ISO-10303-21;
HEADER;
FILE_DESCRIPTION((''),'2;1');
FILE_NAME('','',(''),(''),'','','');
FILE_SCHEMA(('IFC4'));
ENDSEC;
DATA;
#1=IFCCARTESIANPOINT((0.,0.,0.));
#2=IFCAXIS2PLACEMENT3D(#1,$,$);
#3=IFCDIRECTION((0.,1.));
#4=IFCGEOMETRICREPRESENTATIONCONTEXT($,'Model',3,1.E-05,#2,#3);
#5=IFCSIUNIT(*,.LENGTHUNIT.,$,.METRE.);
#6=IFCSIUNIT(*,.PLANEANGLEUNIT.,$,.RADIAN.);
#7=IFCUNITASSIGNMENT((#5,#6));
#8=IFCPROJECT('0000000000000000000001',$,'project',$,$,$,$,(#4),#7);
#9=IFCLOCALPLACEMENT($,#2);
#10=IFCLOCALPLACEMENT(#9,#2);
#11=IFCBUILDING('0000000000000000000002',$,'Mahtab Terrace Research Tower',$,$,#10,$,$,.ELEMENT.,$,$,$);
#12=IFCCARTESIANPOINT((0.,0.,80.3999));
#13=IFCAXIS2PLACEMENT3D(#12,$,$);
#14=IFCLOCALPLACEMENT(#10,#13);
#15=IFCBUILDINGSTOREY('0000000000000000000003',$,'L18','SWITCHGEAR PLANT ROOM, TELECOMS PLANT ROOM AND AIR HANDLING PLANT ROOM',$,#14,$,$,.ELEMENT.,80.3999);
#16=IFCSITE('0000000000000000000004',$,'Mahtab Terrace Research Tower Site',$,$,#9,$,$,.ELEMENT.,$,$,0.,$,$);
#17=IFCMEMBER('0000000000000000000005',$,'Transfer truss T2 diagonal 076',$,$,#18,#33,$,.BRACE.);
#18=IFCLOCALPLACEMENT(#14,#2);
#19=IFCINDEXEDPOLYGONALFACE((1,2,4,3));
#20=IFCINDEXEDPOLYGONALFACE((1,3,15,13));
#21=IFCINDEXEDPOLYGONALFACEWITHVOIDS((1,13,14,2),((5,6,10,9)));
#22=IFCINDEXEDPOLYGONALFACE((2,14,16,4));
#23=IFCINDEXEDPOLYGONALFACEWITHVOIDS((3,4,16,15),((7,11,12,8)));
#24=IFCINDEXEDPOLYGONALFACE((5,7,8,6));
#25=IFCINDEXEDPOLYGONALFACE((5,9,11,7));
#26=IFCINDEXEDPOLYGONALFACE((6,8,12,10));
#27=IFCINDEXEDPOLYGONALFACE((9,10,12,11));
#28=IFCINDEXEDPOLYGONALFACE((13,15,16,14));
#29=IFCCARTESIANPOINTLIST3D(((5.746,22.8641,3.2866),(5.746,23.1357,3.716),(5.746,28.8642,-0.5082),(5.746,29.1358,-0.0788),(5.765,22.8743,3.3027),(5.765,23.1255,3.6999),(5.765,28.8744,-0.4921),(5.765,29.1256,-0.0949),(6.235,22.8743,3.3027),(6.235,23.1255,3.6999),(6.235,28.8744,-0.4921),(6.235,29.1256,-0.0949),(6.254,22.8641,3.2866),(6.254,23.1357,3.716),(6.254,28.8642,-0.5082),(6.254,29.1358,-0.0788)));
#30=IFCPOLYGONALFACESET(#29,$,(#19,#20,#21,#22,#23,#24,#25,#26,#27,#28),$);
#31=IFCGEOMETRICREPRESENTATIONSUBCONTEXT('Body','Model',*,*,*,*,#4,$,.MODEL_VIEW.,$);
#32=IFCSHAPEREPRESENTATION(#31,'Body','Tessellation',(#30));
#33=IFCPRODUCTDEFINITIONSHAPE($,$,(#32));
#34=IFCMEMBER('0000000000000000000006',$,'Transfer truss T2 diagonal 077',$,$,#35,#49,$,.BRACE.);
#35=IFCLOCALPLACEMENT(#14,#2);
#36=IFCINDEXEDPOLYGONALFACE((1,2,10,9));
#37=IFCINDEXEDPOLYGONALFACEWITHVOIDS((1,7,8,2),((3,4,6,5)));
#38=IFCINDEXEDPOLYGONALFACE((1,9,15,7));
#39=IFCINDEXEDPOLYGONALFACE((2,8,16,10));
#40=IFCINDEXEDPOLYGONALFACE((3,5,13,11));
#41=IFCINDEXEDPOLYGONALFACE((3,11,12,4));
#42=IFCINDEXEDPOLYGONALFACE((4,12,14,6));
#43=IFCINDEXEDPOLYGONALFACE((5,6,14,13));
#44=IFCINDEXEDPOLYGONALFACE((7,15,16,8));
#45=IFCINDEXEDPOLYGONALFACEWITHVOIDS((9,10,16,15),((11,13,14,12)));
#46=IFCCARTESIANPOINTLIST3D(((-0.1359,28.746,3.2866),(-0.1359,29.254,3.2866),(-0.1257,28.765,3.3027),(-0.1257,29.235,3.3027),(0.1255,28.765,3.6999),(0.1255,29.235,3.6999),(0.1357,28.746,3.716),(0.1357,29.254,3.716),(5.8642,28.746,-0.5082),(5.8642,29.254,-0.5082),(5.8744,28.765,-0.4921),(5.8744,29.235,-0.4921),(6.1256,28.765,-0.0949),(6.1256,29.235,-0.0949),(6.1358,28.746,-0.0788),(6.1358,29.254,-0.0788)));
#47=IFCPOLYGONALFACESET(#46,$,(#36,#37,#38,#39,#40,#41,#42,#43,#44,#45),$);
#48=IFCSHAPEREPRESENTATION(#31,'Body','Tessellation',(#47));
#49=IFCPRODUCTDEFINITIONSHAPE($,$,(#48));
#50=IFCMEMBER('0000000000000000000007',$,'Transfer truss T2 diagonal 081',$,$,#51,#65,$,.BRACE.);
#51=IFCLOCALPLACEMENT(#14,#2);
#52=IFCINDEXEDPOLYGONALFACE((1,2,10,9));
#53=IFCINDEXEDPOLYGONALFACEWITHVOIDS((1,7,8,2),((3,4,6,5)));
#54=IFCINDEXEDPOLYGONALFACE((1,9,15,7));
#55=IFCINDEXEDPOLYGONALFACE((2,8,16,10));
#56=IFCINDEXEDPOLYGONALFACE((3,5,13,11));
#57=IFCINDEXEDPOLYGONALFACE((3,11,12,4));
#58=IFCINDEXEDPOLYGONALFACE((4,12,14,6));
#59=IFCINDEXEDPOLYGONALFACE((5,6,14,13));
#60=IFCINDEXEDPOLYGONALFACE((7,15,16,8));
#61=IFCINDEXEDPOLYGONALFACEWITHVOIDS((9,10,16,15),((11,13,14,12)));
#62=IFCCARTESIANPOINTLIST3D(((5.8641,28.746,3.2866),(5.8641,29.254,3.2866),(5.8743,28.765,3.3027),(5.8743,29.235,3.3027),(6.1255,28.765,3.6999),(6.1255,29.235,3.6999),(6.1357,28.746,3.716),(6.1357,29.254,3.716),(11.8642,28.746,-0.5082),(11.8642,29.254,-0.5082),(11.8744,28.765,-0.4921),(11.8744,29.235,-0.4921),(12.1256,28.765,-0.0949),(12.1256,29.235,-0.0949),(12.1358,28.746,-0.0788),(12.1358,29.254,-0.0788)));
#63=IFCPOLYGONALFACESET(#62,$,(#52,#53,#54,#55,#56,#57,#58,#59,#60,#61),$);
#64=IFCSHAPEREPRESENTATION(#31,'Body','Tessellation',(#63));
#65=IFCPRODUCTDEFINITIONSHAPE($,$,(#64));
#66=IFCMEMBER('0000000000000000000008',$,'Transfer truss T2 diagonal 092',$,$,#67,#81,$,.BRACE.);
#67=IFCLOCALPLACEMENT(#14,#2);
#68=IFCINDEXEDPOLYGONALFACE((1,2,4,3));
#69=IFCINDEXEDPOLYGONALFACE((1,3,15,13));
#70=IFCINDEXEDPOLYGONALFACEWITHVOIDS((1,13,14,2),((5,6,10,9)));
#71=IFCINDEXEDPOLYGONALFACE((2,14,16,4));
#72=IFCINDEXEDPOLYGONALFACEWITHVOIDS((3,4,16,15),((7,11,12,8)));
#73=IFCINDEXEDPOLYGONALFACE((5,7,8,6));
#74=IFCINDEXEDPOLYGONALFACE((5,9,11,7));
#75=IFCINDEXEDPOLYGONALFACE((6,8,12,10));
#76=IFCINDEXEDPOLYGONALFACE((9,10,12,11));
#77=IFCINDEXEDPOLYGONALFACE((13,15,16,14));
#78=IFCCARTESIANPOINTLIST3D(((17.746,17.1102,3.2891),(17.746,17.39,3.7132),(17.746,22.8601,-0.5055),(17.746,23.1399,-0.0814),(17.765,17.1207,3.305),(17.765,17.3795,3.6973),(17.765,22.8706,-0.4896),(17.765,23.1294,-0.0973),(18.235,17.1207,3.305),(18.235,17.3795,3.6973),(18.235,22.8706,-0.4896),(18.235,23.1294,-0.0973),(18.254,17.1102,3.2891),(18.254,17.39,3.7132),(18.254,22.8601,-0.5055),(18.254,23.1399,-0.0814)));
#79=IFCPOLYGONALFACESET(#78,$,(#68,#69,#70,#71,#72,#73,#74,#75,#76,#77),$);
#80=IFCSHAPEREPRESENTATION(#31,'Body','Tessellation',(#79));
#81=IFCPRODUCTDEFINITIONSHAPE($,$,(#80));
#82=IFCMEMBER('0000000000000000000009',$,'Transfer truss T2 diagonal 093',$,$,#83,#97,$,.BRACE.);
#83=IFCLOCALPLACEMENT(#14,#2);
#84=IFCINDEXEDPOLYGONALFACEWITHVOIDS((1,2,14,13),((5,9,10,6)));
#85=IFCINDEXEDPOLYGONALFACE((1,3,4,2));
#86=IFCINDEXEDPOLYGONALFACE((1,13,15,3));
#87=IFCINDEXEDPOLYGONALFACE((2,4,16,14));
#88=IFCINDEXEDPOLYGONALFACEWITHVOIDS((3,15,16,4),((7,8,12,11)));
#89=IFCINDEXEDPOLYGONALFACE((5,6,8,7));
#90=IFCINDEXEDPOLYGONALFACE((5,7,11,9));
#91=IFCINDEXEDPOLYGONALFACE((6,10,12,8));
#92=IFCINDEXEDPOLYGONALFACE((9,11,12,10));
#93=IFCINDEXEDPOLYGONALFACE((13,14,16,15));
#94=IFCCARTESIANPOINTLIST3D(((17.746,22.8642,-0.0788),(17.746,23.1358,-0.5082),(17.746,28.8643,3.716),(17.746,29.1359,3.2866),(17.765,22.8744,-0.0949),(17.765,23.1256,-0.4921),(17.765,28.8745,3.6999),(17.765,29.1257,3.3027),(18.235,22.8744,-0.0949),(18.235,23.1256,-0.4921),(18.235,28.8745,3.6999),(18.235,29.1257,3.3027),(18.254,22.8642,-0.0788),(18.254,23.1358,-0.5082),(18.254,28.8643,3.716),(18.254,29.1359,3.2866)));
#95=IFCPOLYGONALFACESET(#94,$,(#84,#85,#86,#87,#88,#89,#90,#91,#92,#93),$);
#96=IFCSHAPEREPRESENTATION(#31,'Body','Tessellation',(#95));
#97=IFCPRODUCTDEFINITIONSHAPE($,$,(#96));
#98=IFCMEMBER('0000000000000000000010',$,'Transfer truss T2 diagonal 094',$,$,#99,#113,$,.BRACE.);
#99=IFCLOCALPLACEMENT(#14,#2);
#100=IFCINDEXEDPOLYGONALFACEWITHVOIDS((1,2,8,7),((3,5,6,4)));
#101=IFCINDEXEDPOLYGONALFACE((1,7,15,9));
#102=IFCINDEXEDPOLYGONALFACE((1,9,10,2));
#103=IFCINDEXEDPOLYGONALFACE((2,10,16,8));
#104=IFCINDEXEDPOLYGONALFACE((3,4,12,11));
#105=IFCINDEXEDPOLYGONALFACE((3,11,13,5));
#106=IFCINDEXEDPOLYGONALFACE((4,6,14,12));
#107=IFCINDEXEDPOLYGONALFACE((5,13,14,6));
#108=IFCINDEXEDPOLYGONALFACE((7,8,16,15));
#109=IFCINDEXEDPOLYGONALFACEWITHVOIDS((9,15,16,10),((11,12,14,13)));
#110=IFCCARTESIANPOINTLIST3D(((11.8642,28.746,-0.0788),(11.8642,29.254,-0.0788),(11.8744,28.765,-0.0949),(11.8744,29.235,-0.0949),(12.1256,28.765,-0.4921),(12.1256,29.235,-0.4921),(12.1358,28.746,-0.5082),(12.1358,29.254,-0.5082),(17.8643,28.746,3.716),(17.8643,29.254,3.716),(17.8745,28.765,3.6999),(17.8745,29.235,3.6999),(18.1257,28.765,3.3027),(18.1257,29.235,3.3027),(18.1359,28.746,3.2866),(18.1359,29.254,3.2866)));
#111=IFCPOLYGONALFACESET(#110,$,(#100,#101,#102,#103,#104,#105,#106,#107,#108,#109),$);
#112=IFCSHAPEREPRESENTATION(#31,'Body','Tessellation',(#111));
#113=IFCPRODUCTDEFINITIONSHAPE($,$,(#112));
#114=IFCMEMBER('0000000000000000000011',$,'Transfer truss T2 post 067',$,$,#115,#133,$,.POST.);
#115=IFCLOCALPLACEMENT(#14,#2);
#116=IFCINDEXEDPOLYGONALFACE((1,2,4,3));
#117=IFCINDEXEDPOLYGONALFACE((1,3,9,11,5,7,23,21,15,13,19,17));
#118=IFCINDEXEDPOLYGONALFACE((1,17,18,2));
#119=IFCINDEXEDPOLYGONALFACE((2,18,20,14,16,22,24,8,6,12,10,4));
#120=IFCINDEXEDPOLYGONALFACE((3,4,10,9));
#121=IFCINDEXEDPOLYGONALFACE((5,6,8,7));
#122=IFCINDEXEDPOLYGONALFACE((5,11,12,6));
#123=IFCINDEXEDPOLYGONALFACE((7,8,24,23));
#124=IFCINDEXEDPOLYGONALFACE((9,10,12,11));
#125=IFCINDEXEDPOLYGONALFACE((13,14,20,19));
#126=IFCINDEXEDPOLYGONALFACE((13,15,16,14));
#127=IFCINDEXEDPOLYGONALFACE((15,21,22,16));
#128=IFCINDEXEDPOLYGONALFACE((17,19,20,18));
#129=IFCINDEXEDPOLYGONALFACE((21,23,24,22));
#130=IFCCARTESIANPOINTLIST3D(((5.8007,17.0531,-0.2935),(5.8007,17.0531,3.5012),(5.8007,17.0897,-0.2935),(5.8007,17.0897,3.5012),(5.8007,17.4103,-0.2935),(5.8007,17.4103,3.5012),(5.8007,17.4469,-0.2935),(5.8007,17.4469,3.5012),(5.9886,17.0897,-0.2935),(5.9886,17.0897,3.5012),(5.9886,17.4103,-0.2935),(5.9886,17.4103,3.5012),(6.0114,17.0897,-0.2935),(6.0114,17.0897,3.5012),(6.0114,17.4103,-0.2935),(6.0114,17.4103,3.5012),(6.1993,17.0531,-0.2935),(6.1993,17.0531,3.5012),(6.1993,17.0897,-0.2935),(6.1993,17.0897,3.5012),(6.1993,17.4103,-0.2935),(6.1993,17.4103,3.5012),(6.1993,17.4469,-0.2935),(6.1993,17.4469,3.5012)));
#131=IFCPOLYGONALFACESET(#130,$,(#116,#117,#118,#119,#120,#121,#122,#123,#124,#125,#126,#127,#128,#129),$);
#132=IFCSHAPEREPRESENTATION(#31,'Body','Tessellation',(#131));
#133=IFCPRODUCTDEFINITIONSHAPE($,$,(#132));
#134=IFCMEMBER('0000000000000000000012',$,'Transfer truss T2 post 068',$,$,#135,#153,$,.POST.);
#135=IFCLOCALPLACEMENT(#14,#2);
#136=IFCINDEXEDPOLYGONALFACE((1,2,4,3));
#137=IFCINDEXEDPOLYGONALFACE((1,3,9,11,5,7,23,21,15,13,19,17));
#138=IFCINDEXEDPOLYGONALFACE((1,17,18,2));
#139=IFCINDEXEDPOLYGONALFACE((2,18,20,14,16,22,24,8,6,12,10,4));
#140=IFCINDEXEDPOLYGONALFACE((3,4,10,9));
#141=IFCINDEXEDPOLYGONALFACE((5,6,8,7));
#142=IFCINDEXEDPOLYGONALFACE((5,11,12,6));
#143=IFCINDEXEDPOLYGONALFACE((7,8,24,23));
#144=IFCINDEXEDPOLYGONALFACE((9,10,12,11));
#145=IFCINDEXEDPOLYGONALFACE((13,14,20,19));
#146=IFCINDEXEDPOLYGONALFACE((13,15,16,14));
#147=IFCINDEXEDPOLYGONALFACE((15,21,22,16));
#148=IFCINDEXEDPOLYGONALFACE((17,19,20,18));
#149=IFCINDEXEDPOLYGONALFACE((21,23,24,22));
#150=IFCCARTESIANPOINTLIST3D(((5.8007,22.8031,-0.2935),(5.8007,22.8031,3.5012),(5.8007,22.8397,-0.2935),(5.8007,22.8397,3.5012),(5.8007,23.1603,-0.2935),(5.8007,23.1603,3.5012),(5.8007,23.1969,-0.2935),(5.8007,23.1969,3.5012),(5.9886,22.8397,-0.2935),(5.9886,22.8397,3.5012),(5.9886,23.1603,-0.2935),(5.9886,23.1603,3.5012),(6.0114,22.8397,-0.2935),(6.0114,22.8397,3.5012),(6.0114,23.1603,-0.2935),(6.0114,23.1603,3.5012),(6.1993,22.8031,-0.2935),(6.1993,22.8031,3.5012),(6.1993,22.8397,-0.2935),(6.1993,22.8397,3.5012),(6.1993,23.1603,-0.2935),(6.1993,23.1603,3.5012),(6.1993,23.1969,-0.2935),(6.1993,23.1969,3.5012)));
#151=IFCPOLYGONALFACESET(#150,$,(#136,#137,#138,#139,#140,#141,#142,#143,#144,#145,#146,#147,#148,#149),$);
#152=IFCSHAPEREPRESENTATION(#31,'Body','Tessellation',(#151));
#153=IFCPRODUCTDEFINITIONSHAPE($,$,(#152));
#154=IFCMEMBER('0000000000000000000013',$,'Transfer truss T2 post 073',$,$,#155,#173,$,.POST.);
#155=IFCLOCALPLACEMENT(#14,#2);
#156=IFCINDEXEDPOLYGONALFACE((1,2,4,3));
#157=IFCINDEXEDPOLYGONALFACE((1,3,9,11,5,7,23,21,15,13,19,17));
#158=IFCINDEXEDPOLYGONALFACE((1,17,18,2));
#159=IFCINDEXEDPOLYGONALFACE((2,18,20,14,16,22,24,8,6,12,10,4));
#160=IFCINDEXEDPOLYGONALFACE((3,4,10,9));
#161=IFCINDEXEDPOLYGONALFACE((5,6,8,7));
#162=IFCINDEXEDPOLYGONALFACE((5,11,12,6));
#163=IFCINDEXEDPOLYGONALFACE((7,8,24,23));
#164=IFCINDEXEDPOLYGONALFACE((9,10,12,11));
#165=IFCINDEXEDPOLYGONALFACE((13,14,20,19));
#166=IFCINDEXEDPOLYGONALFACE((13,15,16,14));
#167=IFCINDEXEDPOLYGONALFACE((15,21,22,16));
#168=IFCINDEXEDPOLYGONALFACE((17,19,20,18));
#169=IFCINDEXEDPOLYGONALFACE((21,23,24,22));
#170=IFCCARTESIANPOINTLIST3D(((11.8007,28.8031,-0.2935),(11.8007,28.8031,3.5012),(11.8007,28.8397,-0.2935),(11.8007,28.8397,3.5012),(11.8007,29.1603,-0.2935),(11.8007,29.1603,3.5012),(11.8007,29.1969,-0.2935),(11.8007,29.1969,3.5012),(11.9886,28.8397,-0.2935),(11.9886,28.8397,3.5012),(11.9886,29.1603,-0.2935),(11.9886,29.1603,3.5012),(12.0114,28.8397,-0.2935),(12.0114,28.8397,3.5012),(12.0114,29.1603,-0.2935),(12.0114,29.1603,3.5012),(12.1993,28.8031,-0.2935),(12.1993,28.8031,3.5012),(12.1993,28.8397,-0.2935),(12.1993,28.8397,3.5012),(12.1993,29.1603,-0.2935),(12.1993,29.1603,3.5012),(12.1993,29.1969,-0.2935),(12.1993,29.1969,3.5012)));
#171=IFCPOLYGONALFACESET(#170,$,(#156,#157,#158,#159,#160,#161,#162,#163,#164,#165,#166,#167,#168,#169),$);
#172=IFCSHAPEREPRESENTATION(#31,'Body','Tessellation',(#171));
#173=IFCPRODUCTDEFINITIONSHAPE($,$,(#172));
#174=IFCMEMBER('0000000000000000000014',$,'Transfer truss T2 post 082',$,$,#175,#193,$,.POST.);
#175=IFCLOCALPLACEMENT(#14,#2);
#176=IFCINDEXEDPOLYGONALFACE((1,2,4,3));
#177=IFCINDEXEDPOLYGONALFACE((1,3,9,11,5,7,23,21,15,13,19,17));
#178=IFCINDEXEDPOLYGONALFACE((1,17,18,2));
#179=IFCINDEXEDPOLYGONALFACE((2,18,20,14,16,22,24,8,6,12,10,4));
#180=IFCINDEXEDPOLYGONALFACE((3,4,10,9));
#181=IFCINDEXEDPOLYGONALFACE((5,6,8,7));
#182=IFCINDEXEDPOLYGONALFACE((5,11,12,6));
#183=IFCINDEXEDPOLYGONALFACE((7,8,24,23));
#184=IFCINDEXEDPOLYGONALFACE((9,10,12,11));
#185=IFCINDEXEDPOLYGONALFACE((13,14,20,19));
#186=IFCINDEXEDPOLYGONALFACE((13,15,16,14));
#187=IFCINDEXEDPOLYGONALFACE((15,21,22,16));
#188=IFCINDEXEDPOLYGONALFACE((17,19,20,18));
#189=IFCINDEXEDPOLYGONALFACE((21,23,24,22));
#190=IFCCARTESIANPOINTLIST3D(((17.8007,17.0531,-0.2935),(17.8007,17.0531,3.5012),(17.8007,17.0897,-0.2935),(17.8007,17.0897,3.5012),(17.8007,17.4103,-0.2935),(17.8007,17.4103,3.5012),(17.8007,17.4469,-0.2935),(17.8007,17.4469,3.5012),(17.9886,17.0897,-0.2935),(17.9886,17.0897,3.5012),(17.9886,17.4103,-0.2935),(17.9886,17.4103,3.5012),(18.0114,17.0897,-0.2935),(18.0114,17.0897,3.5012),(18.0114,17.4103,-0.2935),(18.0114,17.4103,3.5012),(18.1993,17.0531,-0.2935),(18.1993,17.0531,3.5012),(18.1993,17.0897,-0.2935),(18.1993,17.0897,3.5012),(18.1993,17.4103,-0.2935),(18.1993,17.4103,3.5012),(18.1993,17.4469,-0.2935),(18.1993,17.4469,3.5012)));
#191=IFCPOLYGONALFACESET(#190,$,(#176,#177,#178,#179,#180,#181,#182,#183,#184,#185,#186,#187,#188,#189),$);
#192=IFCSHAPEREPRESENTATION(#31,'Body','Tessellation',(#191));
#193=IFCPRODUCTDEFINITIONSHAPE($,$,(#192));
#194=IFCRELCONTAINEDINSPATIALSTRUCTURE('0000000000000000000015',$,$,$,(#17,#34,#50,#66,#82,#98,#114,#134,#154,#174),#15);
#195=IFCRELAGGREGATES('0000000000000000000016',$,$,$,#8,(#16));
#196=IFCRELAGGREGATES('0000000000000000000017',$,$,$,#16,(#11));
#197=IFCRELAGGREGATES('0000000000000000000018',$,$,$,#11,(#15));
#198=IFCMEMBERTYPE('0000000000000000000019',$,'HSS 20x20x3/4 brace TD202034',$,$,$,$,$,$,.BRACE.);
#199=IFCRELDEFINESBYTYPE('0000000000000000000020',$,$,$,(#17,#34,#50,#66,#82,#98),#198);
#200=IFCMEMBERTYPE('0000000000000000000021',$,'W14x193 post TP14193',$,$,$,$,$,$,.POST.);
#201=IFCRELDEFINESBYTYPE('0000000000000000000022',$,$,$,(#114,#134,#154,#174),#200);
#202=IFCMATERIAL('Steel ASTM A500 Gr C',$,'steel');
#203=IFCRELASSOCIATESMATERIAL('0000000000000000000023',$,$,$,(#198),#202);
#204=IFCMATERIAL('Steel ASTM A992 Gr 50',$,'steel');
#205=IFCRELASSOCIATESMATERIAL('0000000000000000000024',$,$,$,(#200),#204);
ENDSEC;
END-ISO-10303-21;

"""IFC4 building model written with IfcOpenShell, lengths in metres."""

from ifc_helpers import new_model, si_unit, direction, frame, origin, origin_2d, place, context, subcontext, project, spatial, hollow_rectangle, i_section, extrude, material, material_profile, profile_set, type_object, element, save


model = new_model("IFC4")

# Units and contexts
model_context = context("Model", 3, precision=1e-05, world=origin(), true_north=direction((0.0, 1.0)))
body_context = subcontext(model_context, "Body", "Model", "MODEL_VIEW")
ifc_project = project(units=[si_unit("LENGTHUNIT", "METRE"), si_unit("PLANEANGLEUNIT", "RADIAN")], contexts=[model_context])

# Site, building, storey
site_placement = place(None, origin())
site = spatial("IfcSite", under=ifc_project, at=site_placement, Name="Mahtab Terrace Research Tower Site", CompositionType="ELEMENT", RefElevation=0.0)
building_placement = place(site_placement, origin())
building = spatial("IfcBuilding", under=site, at=building_placement, Name="Mahtab Terrace Research Tower", CompositionType="ELEMENT")
storey_placement = place(building_placement, frame((0.0, 0.0, 80.3999)))
storey = spatial("IfcBuildingStorey", under=building, at=storey_placement, Name="L18", Description="SWITCHGEAR PLANT ROOM, TELECOMS PLANT ROOM AND AIR HANDLING PLANT ROOM", CompositionType="ELEMENT", Elevation=80.3999)

# Members
ifc_material_1 = material(Name="Steel ASTM A500 Gr C", Category="steel")
ifc_material_profile_1 = material_profile(ifc_material_1, hollow_rectangle(XDim=0.5081, YDim=0.5081, WallThickness=0.019, at=origin_2d()), Name="HSS20X20X3/4")
ifc_profile_set_1 = profile_set([ifc_material_profile_1], Name="Steel ASTM A500 Gr C")
member_type_1 = type_object("IfcMemberType", Name="HSS 20x20x3/4 brace TD202034", PredefinedType="BRACE", material=ifc_profile_set_1)
for number, where, z_axis, x_axis, name in (
    (1, (6.0, 29.0, -0.2935), (0.0, -0.845158, 0.534517), (1.0, 0.0, 0.0), "Transfer truss T2 diagonal 076"),
    (2, (6.0, 29.0, -0.2935), (-0.845158, 0.0, 0.534517), (0.0, -1.0, 0.0), "Transfer truss T2 diagonal 077"),
    (3, (12.0, 29.0, -0.2935), (-0.845158, 0.0, 0.534517), (0.0, -1.0, 0.0), "Transfer truss T2 diagonal 081"),
):
    element("IfcMember", number, at=place(storey_placement, frame(where, z_axis=z_axis, x_axis=x_axis)), inside=storey, type_object=member_type_1, Name=name, PredefinedType="BRACE", context=body_context, shape_type="SweptSolid", body=[
        extrude(hollow_rectangle(XDim=0.5081, YDim=0.5081, WallThickness=0.019, at=origin_2d()), origin(), (0.0, 0.0, 1.0), 7.0994),
    ])
member_1_placement = place(storey_placement, frame((18.0, 23.0, -0.2935), z_axis=(0.0, -0.834631, 0.55081), x_axis=(1.0, 0.0, 0.0)))
element("IfcMember", 4, at=member_1_placement, inside=storey, type_object=member_type_1, Name="Transfer truss T2 diagonal 092", PredefinedType="BRACE", context=body_context, shape_type="SweptSolid", body=[
    extrude(hollow_rectangle(XDim=0.5081, YDim=0.5081, WallThickness=0.019, at=origin_2d()), origin(), (0.0, 0.0, 1.0), 6.8892),
])
for number, where, z_axis, x_axis, name in (
    (5, (18.0, 23.0, -0.2935), (0.0, 0.845158, 0.534517), (-1.0, 0.0, 0.0), "Transfer truss T2 diagonal 093"),
    (6, (12.0, 29.0, -0.2935), (0.845158, 0.0, 0.534517), (0.0, 1.0, 0.0), "Transfer truss T2 diagonal 094"),
):
    element("IfcMember", number, at=place(storey_placement, frame(where, z_axis=z_axis, x_axis=x_axis)), inside=storey, type_object=member_type_1, Name=name, PredefinedType="BRACE", context=body_context, shape_type="SweptSolid", body=[
        extrude(hollow_rectangle(XDim=0.5081, YDim=0.5081, WallThickness=0.019, at=origin_2d()), origin(), (0.0, 0.0, 1.0), 7.0994),
    ])
ifc_material_2 = material(Name="Steel ASTM A992 Gr 50", Category="steel")
ifc_material_profile_2 = material_profile(ifc_material_2, i_section(OverallWidth=0.3987, OverallDepth=0.3938, WebThickness=0.0227, FlangeThickness=0.0366, at=origin_2d()), Name="W14X193")
ifc_profile_set_2 = profile_set([ifc_material_profile_2], Name="Steel ASTM A992 Gr 50")
member_type_2 = type_object("IfcMemberType", Name="W14x193 post TP14193", PredefinedType="POST", material=ifc_profile_set_2)
for number, where, z_axis, x_axis, name in (
    (7, (6.0, 17.25, -0.2935), (0.0, 0.0, 1.0), (1.0, 0.0, 0.0), "Transfer truss T2 post 067"),
    (8, (6.0, 23.0, -0.2935), (0.0, 0.0, 1.0), (1.0, 0.0, 0.0), "Transfer truss T2 post 068"),
    (9, (12.0, 29.0, -0.2935), (0.0, 0.0, 1.0), (1.0, 0.0, 0.0), "Transfer truss T2 post 073"),
    (10, (18.0, 17.25, -0.2935), (0.0, 0.0, 1.0), (1.0, 0.0, 0.0), "Transfer truss T2 post 082"),
):
    element("IfcMember", number, at=place(storey_placement, frame(where, z_axis=z_axis, x_axis=x_axis)), inside=storey, type_object=member_type_2, Name=name, PredefinedType="POST", context=body_context, shape_type="SweptSolid", body=[
        extrude(i_section(OverallWidth=0.3987, OverallDepth=0.3938, WebThickness=0.0227, FlangeThickness=0.0366, at=origin_2d()), origin(), (0.0, 0.0, 1.0), 3.7947),
    ])

save(model, "model.ifc")
